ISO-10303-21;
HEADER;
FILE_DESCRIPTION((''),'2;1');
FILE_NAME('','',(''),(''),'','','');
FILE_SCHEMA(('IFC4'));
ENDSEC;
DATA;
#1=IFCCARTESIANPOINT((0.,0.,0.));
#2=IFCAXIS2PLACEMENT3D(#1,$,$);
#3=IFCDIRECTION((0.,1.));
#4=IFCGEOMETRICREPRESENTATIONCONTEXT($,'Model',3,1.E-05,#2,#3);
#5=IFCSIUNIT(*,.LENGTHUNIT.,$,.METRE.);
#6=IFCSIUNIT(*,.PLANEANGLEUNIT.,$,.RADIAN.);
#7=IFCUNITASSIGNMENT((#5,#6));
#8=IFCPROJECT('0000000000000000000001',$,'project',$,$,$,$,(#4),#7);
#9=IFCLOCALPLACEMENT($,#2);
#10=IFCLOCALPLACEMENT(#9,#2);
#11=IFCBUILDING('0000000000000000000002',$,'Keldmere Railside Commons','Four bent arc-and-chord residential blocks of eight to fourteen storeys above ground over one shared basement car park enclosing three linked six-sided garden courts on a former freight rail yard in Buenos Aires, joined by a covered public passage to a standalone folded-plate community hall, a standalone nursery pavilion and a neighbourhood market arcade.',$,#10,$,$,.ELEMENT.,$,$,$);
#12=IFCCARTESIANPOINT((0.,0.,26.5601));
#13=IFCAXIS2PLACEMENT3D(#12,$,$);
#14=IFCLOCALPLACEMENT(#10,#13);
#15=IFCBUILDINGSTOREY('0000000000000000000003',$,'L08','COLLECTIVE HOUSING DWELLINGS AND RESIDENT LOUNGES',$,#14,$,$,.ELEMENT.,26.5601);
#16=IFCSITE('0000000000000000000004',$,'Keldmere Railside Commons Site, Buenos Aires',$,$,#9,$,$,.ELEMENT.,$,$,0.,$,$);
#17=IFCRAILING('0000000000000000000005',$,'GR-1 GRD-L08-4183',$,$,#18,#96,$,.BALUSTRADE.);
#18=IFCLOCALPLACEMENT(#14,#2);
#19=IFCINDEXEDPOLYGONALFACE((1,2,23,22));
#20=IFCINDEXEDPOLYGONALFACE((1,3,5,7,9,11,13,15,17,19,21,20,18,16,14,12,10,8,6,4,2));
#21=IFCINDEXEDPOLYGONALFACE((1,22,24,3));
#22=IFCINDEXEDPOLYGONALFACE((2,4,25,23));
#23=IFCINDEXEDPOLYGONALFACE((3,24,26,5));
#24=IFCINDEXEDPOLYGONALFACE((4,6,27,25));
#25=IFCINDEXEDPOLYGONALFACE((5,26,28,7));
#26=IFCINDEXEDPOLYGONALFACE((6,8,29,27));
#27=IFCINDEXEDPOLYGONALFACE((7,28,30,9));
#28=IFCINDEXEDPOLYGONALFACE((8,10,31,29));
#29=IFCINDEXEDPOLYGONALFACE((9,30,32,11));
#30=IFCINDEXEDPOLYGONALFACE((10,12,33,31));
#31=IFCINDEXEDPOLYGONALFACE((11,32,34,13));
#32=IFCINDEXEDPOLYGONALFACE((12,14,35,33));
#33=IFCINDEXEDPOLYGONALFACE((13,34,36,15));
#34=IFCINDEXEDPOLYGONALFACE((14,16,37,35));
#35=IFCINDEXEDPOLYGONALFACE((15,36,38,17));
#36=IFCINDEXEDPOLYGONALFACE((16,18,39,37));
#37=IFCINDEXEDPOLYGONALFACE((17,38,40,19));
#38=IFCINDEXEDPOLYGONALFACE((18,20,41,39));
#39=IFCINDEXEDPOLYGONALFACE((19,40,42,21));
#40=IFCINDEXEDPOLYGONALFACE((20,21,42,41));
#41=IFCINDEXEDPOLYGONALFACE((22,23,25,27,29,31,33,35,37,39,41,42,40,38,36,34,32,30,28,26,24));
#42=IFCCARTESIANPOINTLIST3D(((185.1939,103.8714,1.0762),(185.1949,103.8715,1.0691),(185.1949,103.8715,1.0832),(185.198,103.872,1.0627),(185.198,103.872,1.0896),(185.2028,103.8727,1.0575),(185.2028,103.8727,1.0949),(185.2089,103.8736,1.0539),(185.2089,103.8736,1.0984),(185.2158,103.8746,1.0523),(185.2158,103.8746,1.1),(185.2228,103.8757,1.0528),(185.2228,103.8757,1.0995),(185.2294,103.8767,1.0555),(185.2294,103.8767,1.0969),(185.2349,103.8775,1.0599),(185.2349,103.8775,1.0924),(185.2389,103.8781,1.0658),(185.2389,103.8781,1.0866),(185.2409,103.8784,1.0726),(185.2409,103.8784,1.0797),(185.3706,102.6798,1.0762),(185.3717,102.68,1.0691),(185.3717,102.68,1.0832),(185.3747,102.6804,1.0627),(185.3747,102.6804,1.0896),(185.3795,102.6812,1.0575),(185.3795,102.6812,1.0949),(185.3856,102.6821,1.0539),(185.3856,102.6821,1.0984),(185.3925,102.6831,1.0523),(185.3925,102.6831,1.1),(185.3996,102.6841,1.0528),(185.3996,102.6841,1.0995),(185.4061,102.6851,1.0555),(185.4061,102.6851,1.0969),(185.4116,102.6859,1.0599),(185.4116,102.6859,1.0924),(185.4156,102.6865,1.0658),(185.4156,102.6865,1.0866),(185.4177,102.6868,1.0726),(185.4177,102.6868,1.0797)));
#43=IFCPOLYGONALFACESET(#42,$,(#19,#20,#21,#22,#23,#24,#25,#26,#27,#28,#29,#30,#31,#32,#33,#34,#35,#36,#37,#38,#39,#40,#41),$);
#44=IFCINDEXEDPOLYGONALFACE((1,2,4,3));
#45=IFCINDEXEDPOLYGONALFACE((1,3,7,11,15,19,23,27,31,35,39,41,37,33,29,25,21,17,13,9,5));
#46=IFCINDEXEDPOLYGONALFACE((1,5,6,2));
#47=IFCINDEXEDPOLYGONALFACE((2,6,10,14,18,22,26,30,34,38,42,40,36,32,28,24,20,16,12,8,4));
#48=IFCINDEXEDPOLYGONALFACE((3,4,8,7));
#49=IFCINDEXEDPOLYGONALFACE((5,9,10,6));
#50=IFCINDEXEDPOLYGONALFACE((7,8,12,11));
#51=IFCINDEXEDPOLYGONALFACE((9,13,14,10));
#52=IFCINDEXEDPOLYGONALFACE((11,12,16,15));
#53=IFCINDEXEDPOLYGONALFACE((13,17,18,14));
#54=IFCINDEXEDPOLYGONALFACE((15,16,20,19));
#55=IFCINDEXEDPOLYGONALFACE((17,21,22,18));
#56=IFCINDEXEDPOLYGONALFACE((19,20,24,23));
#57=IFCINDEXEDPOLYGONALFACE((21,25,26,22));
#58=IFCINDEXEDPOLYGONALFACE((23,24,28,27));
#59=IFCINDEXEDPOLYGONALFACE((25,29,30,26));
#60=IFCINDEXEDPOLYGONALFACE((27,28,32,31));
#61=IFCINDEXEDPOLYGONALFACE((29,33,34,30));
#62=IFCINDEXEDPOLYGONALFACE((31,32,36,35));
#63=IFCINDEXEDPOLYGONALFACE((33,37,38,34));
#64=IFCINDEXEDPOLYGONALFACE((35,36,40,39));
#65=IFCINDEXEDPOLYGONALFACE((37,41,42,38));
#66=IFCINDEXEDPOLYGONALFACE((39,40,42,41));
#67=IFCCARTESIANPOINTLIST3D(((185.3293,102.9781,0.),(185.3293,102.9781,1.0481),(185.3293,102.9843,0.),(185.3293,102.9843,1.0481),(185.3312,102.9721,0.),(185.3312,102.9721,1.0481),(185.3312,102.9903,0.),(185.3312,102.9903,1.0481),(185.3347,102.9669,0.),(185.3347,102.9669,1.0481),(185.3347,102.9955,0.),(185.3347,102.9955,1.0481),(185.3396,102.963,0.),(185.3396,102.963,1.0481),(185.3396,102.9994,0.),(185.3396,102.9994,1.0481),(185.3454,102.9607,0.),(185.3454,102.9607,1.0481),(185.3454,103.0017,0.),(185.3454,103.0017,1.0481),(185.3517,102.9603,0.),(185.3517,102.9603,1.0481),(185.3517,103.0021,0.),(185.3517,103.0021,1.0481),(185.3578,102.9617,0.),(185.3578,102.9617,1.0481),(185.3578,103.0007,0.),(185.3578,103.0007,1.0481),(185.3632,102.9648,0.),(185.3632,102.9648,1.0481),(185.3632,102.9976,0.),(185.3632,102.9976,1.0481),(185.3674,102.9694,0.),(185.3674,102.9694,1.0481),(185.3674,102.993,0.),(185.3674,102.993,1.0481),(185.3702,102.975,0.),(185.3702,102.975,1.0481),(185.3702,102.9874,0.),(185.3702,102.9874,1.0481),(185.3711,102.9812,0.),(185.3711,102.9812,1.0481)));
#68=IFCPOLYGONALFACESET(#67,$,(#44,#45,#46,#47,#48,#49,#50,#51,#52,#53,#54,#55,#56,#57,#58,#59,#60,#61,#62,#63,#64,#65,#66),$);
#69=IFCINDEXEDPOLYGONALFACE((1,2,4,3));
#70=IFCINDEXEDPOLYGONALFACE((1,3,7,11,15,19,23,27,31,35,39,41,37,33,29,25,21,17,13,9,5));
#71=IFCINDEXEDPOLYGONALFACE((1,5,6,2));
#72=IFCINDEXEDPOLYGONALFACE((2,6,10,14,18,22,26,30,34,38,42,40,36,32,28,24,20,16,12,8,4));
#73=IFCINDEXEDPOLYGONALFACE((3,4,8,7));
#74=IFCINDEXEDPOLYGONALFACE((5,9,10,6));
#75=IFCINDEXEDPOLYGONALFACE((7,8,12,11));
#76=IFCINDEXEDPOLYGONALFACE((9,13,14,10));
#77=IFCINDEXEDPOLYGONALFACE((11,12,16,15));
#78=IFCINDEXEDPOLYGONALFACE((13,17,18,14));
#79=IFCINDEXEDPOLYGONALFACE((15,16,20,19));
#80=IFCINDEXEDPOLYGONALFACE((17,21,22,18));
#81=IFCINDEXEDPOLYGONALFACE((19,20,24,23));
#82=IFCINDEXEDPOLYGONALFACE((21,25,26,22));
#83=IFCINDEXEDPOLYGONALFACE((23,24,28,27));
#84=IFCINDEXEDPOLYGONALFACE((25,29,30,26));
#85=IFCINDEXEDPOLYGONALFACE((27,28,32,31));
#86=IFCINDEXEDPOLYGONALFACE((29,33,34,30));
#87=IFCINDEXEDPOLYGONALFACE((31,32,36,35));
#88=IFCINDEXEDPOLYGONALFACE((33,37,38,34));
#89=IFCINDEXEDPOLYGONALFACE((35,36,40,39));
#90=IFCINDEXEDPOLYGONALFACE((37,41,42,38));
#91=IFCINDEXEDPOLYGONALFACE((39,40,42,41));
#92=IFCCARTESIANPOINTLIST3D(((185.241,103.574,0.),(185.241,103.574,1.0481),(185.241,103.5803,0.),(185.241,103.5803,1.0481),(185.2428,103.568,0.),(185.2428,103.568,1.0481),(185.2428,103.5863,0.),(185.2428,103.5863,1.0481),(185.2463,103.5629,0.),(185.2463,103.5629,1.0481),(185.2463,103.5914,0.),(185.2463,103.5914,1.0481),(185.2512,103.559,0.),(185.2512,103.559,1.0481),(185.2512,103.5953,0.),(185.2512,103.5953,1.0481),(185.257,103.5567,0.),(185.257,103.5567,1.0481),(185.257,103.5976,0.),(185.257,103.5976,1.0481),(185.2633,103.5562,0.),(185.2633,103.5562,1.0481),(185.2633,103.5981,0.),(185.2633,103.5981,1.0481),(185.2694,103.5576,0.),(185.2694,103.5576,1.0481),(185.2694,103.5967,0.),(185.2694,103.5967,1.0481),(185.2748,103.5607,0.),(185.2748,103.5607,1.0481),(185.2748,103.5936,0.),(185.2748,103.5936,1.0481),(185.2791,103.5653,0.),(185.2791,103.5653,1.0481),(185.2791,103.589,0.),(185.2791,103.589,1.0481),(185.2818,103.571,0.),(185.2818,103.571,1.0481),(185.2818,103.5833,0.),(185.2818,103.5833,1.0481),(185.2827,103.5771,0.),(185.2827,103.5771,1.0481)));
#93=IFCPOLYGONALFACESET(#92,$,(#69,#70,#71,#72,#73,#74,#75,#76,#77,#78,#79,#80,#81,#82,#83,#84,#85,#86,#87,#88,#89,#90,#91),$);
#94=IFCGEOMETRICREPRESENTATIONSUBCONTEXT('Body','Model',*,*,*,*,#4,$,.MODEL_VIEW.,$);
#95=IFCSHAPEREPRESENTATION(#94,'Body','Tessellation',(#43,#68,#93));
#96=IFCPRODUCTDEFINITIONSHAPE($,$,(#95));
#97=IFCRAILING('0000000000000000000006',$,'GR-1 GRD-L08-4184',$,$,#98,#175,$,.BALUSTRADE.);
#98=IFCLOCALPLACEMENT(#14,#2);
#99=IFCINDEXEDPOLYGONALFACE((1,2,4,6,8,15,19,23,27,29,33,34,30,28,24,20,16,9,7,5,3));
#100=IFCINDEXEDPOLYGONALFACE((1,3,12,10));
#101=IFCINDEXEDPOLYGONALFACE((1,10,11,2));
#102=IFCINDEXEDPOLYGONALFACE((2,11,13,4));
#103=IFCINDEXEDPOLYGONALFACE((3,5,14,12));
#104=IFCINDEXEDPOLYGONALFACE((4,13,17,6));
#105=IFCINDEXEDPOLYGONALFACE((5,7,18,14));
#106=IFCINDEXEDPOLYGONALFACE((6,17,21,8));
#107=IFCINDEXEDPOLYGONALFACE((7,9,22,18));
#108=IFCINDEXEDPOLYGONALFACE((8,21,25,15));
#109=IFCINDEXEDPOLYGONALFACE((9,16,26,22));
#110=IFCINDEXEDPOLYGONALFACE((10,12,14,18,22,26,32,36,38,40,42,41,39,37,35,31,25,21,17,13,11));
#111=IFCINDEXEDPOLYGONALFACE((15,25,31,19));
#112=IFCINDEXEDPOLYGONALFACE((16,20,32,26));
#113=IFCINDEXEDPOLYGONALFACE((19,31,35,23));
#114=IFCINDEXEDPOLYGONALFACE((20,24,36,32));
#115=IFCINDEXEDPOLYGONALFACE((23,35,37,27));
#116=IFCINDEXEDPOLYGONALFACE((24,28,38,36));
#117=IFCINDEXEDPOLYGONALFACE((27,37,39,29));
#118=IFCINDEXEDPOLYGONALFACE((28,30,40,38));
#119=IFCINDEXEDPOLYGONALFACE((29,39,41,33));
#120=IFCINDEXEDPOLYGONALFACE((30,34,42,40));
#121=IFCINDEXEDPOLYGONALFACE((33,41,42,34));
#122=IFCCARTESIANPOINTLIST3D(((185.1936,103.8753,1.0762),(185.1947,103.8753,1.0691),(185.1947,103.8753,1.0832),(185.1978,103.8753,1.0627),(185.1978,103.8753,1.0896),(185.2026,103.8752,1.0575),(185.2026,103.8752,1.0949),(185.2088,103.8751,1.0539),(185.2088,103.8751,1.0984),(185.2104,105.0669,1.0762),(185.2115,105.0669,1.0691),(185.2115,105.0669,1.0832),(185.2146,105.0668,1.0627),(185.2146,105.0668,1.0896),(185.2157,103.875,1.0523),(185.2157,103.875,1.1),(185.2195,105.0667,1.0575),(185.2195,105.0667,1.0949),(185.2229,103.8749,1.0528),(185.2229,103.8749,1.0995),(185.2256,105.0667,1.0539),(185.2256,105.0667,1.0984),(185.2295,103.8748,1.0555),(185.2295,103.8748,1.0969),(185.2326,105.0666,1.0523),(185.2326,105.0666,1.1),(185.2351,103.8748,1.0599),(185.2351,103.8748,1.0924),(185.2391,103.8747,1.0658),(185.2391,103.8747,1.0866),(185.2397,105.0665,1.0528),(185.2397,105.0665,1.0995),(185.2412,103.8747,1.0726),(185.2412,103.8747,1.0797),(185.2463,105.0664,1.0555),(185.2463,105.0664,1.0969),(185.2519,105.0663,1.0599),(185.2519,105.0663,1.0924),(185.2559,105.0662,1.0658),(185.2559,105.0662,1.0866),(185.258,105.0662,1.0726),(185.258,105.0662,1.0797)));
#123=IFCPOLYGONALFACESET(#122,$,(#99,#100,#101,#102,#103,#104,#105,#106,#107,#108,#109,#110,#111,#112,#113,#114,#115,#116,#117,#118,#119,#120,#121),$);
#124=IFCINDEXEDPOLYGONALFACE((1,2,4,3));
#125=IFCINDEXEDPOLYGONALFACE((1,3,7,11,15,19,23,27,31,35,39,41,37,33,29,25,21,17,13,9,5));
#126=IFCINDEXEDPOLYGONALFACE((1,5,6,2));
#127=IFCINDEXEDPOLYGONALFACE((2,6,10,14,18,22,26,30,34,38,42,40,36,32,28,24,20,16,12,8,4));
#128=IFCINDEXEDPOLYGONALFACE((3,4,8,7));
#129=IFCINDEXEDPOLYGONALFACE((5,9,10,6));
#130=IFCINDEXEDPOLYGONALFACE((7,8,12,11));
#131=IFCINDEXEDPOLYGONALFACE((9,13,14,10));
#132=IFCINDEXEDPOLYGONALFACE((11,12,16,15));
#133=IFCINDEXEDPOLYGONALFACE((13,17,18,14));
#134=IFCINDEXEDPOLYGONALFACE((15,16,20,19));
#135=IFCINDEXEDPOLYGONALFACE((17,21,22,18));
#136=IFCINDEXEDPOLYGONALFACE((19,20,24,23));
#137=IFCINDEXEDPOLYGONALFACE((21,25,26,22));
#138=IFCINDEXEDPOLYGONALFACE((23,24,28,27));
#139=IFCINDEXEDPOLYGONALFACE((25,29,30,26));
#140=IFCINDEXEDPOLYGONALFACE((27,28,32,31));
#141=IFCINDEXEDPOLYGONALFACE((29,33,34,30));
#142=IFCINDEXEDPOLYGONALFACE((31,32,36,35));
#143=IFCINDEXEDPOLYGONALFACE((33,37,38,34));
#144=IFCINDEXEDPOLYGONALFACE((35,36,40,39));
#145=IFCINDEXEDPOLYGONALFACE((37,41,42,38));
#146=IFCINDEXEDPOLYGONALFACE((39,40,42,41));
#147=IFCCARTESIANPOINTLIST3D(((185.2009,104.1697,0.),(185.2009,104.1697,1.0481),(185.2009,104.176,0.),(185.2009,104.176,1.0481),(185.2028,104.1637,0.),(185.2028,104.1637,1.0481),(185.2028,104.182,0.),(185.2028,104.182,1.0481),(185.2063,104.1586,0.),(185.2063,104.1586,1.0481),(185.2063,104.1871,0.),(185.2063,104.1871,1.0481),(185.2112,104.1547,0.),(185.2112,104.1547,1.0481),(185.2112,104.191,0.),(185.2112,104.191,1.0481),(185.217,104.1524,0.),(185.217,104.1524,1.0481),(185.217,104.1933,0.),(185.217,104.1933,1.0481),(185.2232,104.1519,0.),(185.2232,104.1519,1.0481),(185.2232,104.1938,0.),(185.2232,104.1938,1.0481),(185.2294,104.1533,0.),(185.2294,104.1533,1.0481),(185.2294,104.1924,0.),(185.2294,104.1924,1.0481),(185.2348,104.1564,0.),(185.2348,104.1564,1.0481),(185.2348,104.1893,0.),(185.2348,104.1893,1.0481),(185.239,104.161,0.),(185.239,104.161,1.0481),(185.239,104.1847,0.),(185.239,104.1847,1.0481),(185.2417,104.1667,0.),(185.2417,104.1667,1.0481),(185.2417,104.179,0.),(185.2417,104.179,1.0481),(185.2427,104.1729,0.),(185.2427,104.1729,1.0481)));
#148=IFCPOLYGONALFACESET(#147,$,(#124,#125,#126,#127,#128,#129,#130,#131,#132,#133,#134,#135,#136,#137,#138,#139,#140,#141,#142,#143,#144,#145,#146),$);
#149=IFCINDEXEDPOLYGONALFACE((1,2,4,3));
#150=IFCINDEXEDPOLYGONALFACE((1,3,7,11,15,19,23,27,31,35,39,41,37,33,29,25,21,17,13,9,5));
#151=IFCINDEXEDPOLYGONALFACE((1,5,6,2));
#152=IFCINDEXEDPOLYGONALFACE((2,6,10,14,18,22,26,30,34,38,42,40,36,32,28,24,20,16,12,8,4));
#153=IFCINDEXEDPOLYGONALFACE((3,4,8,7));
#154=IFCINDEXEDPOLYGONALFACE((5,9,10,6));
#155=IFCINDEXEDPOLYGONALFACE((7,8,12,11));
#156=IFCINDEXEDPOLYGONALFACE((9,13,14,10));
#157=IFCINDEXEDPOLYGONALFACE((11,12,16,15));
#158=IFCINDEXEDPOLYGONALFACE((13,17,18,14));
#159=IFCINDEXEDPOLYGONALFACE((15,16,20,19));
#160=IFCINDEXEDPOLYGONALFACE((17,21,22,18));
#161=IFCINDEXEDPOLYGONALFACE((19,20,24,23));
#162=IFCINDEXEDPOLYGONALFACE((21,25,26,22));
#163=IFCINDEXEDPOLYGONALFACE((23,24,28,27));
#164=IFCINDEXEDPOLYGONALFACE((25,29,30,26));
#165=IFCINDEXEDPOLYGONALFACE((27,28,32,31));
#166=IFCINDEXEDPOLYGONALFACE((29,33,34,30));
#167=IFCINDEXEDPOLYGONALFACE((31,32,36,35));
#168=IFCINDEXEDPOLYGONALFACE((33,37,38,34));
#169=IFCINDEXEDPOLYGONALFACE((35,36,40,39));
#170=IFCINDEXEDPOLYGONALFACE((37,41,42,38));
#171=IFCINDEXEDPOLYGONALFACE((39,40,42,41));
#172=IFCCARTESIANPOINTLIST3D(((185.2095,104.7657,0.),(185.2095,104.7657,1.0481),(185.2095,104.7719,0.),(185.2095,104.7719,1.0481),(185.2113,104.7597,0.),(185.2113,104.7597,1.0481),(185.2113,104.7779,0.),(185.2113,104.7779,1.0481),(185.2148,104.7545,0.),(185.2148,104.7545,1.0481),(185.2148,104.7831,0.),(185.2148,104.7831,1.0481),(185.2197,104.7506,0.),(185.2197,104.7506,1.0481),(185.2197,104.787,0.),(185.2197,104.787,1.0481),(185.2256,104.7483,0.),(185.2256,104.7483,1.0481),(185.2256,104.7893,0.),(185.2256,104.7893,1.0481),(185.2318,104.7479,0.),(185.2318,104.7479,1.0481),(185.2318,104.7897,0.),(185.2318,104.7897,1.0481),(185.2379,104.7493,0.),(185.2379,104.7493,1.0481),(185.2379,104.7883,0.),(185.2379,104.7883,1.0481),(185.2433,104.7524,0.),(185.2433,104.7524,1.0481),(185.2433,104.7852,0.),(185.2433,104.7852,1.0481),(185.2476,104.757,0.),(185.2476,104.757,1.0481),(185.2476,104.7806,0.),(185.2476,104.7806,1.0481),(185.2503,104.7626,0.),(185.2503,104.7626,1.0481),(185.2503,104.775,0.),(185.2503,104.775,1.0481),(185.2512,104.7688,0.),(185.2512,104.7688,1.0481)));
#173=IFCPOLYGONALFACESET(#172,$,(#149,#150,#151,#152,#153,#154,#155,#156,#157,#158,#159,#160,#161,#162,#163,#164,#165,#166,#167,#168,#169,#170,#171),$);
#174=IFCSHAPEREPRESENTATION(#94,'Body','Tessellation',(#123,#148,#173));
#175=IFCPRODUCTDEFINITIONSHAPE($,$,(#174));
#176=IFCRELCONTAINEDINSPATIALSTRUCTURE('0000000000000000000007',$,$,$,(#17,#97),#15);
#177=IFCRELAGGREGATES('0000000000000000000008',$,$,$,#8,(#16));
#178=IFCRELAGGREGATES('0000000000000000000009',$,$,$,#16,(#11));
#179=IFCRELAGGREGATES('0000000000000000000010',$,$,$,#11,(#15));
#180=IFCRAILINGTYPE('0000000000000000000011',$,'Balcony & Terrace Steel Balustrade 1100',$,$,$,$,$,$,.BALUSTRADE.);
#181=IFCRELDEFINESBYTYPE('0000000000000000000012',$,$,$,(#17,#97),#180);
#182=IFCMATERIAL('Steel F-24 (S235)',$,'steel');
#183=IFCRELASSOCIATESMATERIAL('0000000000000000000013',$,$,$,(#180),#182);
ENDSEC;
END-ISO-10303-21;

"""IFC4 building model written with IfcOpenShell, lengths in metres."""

from ifc_helpers import new_model, si_unit, direction, frame, origin, origin_2d, place, context, subcontext, project, spatial, circle, extrude, material, type_object, element, save


model = new_model("IFC4")

# Units and contexts
model_context = context("Model", 3, precision=1e-05, world=origin(), true_north=direction((0.0, 1.0)))
body_context = subcontext(model_context, "Body", "Model", "MODEL_VIEW")
ifc_project = project(units=[si_unit("LENGTHUNIT", "METRE"), si_unit("PLANEANGLEUNIT", "RADIAN")], contexts=[model_context])

# Site, building, storey
site_placement = place(None, origin())
site = spatial("IfcSite", under=ifc_project, at=site_placement, Name="Keldmere Railside Commons Site, Buenos Aires", CompositionType="ELEMENT", RefElevation=0.0)
building_placement = place(site_placement, origin())
building = spatial("IfcBuilding", under=site, at=building_placement, Name="Keldmere Railside Commons", Description="Four bent arc-and-chord residential blocks of eight to fourteen storeys above ground over one shared basement car park enclosing three linked six-sided garden courts on a former freight rail yard in Buenos Aires, joined by a covered public passage to a standalone folded-plate community hall, a standalone nursery pavilion and a neighbourhood market arcade.", CompositionType="ELEMENT")
storey_placement = place(building_placement, frame((0.0, 0.0, 26.5601)))
storey = spatial("IfcBuildingStorey", under=building, at=storey_placement, Name="L08", Description="COLLECTIVE HOUSING DWELLINGS AND RESIDENT LOUNGES", CompositionType="ELEMENT", Elevation=26.5601)

# Railings
ifc_material_1 = material(Name="Steel F-24 (S235)", Category="steel")
railing_type = type_object("IfcRailingType", Name="Balcony & Terrace Steel Balustrade 1100", PredefinedType="BALUSTRADE", material=ifc_material_1)
railing_1_placement = place(storey_placement, frame((185.3943, 102.6833, 0.0)))
element("IfcRailing", 1, at=railing_1_placement, inside=storey, type_object=railing_type, Name="GR-1 GRD-L08-4183", PredefinedType="BALUSTRADE", context=body_context, shape_type="SweptSolid", body=[
    extrude(circle(Radius=0.0239, at=origin_2d()), frame((0.0, 0.0, 1.0762), z_axis=(-0.146725, 0.989177, 0.0), x_axis=(-0.989177, -0.146725, 0.0)), (0.0, 0.0, 1.0), 1.2046),
    extrude(circle(Radius=0.021, at=origin_2d()), frame((-0.0442, 0.2979, 0.0)), (0.0, 0.0, 1.0), 1.0481),
    extrude(circle(Radius=0.021, at=origin_2d()), frame((-0.1326, 0.8938, 0.0)), (0.0, 0.0, 1.0), 1.0481),
])
railing_2_placement = place(storey_placement, frame((185.2175, 103.875, 0.0)))
element("IfcRailing", 2, at=railing_2_placement, inside=storey, type_object=railing_type, Name="GR-1 GRD-L08-4184", PredefinedType="BALUSTRADE", context=body_context, shape_type="SweptSolid", body=[
    extrude(circle(Radius=0.0239, at=origin_2d()), frame((0.0, 0.0, 1.0762), z_axis=(0.014135, 0.9999, 0.0), x_axis=(-0.9999, 0.014135, 0.0)), (0.0, 0.0, 1.0), 1.1917),
    extrude(circle(Radius=0.021, at=origin_2d()), frame((0.0042, 0.2979, 0.0)), (0.0, 0.0, 1.0), 1.0481),
    extrude(circle(Radius=0.021, at=origin_2d()), frame((0.0127, 0.8938, 0.0)), (0.0, 0.0, 1.0), 1.0481),
])

save(model, "model.ifc")
